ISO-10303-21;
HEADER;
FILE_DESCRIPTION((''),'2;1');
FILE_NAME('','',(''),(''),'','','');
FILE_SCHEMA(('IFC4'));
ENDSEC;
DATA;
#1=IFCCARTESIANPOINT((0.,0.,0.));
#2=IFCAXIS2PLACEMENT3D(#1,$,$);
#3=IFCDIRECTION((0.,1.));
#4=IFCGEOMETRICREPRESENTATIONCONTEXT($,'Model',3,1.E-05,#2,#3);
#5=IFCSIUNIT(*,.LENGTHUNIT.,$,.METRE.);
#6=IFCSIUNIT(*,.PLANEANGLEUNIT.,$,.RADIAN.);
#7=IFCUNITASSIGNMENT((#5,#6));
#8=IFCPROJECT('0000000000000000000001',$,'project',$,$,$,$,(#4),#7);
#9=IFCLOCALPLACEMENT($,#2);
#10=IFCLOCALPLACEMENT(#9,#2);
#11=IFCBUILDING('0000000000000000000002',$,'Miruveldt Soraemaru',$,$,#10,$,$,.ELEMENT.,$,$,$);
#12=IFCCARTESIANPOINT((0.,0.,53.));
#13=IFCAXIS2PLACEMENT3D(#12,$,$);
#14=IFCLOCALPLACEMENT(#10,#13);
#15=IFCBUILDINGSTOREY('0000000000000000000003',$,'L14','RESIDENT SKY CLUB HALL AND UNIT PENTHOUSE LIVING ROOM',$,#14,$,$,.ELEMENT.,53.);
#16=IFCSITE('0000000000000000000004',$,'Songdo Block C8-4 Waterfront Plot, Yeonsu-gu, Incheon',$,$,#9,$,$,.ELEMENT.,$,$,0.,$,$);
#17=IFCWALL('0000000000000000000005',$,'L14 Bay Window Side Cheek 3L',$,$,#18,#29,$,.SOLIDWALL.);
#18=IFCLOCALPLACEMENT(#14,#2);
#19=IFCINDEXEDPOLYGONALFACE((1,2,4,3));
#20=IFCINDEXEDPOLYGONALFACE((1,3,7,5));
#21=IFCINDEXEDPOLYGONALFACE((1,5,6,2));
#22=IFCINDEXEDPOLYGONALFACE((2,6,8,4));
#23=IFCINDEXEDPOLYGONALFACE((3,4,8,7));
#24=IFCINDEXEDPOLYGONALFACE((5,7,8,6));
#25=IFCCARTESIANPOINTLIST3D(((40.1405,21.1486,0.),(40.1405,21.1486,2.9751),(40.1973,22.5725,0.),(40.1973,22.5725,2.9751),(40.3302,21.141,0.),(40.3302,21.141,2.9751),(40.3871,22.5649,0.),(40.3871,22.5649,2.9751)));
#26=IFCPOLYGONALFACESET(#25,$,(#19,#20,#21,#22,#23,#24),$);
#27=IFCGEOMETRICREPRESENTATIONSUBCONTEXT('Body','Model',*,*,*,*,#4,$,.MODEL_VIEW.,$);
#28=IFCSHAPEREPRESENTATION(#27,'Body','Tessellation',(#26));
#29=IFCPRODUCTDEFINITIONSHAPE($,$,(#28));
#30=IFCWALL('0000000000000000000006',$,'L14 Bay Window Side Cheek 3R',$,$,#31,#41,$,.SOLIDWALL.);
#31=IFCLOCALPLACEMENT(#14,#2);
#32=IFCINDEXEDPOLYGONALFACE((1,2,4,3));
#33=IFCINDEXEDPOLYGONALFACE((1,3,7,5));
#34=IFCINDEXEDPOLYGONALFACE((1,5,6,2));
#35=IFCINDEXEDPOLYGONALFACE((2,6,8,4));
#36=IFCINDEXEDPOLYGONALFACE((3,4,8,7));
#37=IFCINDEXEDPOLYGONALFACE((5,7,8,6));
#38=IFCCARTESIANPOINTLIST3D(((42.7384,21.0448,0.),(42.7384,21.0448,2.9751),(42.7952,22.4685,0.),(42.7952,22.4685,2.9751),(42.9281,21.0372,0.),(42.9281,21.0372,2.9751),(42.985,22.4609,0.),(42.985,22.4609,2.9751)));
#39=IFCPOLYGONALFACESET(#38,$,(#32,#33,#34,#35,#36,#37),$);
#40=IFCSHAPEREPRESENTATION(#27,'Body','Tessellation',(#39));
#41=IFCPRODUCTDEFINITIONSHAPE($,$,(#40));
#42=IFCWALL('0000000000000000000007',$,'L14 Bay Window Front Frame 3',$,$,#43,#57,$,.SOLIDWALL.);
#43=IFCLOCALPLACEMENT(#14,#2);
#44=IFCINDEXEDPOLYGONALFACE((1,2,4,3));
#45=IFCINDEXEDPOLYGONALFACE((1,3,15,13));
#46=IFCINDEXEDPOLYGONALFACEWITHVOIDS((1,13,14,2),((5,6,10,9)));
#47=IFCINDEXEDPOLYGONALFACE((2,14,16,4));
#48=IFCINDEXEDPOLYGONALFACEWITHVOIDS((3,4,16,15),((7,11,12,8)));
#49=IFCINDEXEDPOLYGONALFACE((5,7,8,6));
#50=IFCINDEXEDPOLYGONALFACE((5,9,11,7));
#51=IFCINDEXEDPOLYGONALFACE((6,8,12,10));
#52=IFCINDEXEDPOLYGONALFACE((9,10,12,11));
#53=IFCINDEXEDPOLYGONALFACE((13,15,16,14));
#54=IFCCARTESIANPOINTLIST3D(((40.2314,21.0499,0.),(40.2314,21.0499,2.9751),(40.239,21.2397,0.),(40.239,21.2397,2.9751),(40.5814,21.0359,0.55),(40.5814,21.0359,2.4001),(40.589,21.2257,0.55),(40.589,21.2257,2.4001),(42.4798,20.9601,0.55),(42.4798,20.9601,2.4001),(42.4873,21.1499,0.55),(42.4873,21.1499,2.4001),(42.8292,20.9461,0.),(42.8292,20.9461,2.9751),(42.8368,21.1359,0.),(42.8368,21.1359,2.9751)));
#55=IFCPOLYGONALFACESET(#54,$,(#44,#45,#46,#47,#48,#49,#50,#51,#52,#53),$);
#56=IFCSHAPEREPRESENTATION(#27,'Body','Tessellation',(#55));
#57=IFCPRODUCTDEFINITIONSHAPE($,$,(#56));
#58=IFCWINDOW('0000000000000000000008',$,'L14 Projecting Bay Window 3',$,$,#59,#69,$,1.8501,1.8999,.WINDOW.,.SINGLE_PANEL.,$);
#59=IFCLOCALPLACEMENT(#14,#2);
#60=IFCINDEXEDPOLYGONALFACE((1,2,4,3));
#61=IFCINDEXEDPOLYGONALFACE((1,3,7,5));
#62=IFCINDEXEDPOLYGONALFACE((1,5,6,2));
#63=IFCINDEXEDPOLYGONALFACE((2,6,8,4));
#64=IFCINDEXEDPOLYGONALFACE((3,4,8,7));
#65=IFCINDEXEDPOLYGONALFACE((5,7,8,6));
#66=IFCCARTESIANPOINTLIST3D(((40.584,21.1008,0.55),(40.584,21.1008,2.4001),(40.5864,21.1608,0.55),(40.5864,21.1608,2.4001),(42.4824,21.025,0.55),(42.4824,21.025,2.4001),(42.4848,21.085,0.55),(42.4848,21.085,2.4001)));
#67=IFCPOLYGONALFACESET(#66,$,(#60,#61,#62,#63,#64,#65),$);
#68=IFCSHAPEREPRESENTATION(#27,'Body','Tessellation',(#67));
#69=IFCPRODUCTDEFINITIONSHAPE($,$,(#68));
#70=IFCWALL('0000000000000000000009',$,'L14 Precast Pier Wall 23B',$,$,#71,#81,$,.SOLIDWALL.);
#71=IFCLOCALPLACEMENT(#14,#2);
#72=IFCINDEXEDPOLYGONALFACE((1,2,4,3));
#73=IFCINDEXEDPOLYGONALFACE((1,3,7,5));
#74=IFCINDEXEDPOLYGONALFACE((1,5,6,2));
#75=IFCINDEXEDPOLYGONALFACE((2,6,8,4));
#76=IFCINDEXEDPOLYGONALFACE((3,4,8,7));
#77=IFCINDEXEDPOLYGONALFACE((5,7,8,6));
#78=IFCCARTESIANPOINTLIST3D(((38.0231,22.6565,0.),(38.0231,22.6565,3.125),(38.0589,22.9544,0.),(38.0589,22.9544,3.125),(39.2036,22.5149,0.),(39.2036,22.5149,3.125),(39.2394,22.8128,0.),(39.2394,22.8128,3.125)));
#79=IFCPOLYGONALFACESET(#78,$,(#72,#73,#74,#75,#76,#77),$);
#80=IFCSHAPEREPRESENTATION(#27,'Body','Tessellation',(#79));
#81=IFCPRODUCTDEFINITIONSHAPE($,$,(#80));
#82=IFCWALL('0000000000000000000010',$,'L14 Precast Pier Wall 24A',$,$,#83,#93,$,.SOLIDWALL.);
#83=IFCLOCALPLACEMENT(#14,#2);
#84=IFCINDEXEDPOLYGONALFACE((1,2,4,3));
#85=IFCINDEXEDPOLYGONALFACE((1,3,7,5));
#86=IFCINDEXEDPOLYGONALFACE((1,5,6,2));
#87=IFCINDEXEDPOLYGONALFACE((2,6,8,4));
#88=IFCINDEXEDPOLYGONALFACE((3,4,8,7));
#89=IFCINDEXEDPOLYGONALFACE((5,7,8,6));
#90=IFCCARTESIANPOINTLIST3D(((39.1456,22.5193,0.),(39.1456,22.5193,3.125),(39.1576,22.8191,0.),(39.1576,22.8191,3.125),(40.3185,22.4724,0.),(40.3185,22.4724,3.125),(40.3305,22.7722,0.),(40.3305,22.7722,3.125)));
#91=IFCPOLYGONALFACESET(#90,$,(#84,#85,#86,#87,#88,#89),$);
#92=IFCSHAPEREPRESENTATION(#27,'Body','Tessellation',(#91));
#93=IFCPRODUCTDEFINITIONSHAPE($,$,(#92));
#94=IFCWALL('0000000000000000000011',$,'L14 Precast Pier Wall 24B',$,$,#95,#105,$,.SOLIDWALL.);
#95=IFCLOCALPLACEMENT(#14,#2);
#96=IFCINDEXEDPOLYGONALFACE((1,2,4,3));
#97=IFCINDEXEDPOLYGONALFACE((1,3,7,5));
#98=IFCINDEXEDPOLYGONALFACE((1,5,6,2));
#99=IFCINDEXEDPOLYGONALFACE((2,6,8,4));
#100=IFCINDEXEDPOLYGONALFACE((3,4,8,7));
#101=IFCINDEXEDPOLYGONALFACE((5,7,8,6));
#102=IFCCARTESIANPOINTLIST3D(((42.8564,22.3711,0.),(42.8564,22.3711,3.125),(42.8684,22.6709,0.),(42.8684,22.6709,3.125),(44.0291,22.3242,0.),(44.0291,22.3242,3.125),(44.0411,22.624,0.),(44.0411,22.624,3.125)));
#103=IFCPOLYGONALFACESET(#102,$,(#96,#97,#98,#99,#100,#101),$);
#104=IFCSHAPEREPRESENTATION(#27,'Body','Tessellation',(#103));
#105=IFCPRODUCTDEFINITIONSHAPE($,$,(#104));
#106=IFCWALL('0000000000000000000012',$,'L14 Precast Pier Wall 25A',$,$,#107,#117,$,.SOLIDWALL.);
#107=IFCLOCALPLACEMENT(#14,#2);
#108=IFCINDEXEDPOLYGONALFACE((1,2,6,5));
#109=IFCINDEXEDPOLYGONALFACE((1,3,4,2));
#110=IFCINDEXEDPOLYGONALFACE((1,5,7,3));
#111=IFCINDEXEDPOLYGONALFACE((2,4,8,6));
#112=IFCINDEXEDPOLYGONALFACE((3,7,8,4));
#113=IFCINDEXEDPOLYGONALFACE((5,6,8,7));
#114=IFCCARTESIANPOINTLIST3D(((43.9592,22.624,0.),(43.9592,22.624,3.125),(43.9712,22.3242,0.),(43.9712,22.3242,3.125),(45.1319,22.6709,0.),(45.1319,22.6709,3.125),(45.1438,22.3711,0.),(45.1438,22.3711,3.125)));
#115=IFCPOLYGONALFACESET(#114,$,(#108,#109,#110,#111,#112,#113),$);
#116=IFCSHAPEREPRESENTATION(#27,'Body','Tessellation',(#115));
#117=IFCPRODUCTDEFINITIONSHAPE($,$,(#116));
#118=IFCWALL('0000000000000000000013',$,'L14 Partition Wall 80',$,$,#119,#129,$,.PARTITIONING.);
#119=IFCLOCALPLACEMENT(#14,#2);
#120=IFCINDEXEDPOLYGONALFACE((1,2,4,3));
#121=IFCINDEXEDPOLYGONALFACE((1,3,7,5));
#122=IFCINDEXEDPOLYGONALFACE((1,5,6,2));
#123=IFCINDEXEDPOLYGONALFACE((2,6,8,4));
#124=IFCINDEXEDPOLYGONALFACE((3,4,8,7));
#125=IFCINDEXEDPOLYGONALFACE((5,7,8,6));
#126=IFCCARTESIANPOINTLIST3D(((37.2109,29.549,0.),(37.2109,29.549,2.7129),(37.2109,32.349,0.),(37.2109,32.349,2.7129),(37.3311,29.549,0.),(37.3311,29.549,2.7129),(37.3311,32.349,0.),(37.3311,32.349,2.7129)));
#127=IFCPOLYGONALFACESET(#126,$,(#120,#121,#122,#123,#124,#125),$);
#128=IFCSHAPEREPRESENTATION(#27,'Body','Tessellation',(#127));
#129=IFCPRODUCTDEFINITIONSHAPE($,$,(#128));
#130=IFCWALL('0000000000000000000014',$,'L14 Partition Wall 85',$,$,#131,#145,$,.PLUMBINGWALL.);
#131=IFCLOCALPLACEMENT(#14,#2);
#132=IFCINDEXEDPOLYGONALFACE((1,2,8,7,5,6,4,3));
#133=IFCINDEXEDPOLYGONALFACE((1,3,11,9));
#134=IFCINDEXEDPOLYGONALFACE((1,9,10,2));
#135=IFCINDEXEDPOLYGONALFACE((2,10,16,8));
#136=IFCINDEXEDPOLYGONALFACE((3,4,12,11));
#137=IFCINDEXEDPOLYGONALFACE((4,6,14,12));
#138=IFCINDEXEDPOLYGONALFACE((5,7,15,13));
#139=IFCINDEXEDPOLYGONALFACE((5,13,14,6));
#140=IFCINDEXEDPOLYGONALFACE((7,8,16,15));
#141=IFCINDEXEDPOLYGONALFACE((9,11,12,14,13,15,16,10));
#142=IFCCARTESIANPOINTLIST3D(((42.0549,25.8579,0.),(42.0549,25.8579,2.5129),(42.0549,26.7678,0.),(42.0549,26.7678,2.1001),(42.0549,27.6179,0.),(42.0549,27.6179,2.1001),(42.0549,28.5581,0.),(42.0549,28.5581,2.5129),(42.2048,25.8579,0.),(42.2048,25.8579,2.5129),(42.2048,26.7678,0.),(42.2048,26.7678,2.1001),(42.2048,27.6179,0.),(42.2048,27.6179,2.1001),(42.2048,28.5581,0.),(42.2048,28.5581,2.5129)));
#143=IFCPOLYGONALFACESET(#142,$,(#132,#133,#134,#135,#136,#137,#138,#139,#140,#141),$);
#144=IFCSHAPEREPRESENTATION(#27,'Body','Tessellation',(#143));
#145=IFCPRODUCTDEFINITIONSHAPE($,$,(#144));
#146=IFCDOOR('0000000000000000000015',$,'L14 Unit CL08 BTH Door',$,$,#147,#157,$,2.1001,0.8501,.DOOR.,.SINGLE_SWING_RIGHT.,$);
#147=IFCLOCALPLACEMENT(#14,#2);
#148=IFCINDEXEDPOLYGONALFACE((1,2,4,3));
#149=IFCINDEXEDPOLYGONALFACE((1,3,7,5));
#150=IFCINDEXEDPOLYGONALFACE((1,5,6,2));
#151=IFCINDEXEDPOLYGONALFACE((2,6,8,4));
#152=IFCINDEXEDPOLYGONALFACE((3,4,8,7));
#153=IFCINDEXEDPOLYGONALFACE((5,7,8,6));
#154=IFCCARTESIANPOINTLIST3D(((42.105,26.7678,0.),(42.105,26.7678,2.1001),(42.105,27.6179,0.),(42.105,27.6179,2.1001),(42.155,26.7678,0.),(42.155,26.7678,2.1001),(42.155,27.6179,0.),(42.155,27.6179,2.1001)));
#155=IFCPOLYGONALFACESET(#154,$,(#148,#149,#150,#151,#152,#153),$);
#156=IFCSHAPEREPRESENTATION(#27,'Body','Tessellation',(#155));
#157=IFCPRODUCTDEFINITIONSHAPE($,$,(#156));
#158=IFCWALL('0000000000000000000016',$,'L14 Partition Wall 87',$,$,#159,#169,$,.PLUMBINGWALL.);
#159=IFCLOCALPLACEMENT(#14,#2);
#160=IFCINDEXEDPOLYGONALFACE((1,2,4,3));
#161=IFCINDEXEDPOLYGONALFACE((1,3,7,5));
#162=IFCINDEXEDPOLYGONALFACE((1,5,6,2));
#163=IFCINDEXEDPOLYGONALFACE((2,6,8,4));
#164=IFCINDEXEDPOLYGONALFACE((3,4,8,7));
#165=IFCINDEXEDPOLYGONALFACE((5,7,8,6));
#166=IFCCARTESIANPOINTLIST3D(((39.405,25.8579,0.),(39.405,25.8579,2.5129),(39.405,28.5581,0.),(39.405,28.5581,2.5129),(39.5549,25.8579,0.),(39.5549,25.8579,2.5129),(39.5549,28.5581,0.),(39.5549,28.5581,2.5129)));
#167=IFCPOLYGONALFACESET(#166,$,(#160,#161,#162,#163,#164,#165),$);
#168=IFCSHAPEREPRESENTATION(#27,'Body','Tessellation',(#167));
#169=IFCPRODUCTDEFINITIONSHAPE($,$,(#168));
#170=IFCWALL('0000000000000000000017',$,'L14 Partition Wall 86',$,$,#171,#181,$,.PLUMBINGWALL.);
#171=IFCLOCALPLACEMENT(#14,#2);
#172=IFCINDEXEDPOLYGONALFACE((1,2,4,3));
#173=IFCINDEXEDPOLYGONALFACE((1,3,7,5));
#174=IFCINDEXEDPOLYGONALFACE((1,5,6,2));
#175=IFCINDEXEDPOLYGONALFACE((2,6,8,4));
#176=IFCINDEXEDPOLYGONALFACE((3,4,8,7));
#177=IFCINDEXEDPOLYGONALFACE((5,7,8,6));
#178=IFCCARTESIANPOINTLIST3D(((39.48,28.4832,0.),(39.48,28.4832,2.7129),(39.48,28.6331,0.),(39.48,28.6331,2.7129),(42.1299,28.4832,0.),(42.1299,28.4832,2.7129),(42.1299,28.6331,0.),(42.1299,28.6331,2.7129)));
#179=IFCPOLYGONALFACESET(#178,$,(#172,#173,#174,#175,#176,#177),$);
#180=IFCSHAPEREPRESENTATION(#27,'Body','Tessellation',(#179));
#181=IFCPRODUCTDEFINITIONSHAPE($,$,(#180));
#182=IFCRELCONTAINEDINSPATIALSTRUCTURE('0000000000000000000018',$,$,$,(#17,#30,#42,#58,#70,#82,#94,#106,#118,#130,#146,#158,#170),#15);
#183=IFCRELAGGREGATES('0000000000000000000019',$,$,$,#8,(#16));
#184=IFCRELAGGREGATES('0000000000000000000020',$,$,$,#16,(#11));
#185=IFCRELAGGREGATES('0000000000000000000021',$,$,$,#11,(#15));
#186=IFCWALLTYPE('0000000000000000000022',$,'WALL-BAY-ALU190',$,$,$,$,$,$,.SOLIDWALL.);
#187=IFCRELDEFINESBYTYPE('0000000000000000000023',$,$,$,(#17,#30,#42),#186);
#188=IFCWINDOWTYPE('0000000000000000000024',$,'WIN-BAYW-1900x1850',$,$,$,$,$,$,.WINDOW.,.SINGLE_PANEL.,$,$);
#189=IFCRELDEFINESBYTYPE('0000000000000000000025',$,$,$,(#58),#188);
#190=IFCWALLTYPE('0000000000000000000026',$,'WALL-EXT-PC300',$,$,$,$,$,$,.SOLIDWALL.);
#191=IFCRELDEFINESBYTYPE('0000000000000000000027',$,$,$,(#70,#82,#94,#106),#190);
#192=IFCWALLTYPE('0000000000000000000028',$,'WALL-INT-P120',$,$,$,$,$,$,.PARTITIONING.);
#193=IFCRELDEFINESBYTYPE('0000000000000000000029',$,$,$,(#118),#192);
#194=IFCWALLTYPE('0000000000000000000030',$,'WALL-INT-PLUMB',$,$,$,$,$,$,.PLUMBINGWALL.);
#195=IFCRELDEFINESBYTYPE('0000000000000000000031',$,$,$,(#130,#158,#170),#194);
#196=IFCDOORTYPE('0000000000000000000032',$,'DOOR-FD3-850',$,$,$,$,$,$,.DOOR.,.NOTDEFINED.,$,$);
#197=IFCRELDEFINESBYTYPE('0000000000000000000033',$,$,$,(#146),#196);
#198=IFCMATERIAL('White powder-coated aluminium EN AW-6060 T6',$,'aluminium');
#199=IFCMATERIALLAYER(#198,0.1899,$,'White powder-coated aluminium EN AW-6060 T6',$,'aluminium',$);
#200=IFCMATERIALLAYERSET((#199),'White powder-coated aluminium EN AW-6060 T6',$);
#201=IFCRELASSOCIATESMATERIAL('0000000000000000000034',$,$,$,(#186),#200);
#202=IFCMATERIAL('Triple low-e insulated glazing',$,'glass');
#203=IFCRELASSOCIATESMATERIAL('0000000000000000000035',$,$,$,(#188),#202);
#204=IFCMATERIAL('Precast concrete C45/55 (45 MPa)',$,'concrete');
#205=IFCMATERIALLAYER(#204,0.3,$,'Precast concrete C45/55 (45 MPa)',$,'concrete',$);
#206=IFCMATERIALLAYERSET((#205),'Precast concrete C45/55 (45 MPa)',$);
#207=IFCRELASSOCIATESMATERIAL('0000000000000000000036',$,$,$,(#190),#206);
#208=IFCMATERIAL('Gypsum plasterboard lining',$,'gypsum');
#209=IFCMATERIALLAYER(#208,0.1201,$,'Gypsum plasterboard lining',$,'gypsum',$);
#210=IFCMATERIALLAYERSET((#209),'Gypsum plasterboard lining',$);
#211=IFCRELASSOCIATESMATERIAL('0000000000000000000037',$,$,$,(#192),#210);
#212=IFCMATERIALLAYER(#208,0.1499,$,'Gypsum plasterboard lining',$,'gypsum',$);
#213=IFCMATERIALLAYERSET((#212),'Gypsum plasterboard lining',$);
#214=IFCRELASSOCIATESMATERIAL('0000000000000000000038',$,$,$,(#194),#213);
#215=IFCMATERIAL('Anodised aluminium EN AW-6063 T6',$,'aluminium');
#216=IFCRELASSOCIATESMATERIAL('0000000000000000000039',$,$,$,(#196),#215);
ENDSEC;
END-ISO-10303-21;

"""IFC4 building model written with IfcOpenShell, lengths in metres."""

from ifc_helpers import new_model, si_unit, direction, frame, frame_2d, origin, place, context, subcontext, project, spatial, rectangle, extrude, material, layer, layer_set, type_object, element, fill, save


model = new_model("IFC4")

# Units and contexts
model_context = context("Model", 3, precision=1e-05, world=origin(), true_north=direction((0.0, 1.0)))
body_context = subcontext(model_context, "Body", "Model", "MODEL_VIEW")
ifc_project = project(units=[si_unit("LENGTHUNIT", "METRE"), si_unit("PLANEANGLEUNIT", "RADIAN")], contexts=[model_context])

# Site, building, storey
site_placement = place(None, origin())
site = spatial("IfcSite", under=ifc_project, at=site_placement, Name="Songdo Block C8-4 Waterfront Plot, Yeonsu-gu, Incheon", CompositionType="ELEMENT", RefElevation=0.0)
building_placement = place(site_placement, origin())
building = spatial("IfcBuilding", under=site, at=building_placement, Name="Miruveldt Soraemaru", CompositionType="ELEMENT")
storey_placement = place(building_placement, frame((0.0, 0.0, 53.0)))
storey = spatial("IfcBuildingStorey", under=building, at=storey_placement, Name="L14", Description="RESIDENT SKY CLUB HALL AND UNIT PENTHOUSE LIVING ROOM", CompositionType="ELEMENT", Elevation=53.0)

# Shared definitions
ifc_material_1 = material(Name="White powder-coated aluminium EN AW-6060 T6", Category="aluminium")
ifc_layer_1 = layer(ifc_material_1, 0.1899, Name="White powder-coated aluminium EN AW-6060 T6", Category="aluminium")
ifc_layer_set_1 = layer_set([ifc_layer_1], Name="White powder-coated aluminium EN AW-6060 T6")
wall_type_1 = type_object("IfcWallType", Name="WALL-BAY-ALU190", PredefinedType="SOLIDWALL", material=ifc_layer_set_1)

# Shared definitions
ifc_material_2 = material(Name="Triple low-e insulated glazing", Category="glass")
window_type = type_object("IfcWindowType", Name="WIN-BAYW-1900x1850", PartitioningType="SINGLE_PANEL", PredefinedType="WINDOW", material=ifc_material_2)

# Walls
wall_1_placement = place(storey_placement, frame((40.2922, 22.5686, 0.0), z_axis=(0.0, 0.0, 1.0), x_axis=(-0.03992, -0.999203, 0.0)))
element("IfcWall", 1, at=wall_1_placement, inside=storey, type_object=wall_type_1, Name="L14 Bay Window Side Cheek 3L", PredefinedType="SOLIDWALL", context=body_context, shape_type="SweptSolid", body=[
    extrude(rectangle(XDim=1.425, YDim=0.1899, at=frame_2d((0.7124, 0.0))), origin(), (0.0, 0.0, 1.0), 2.9751),
])
wall_2_placement = place(storey_placement, frame((42.8333, 21.041, 0.0), z_axis=(0.0, 0.0, 1.0), x_axis=(0.039927, 0.999203, 0.0)))
element("IfcWall", 2, at=wall_2_placement, inside=storey, type_object=wall_type_1, Name="L14 Bay Window Side Cheek 3R", PredefinedType="SOLIDWALL", context=body_context, shape_type="SweptSolid", body=[
    extrude(rectangle(XDim=1.4248, YDim=0.1899, at=frame_2d((0.7124, 0.0))), origin(), (0.0, 0.0, 1.0), 2.9751),
])

# Wall, opening, window
wall_3_placement = place(storey_placement, frame((40.2354, 21.1448, 0.0), z_axis=(0.0, 0.0, 1.0), x_axis=(0.999203, -0.039908, 0.0)))
wall_3 = element("IfcWall", 3, at=wall_3_placement, inside=storey, type_object=wall_type_1, Name="L14 Bay Window Front Frame 3", PredefinedType="SOLIDWALL", context=body_context, shape_type="SweptSolid", body=[
    extrude(rectangle(XDim=2.5999, YDim=0.1899, at=frame_2d((1.2998, 0.0))), origin(), (0.0, 0.0, 1.0), 2.9751),
])
opening_1_placement = place(wall_3_placement, frame((0.3501, 0.0, 0.55)))
opening_1 = element("IfcOpeningElement", 4, at=opening_1_placement, cuts=wall_3, PredefinedType="OPENING", context=body_context, shape_type="SweptSolid", body=[
    extrude(rectangle(XDim=1.8999, YDim=1.8501, at=frame_2d((0.95, 0.925))), frame((0.0, 0.105, 0.0), z_axis=(0.0, -1.0, 0.0), x_axis=(1.0, 0.0, 0.0)), (0.0, 0.0, 1.0), 0.21),
])
window_1_placement = place(opening_1_placement, origin())
window_1 = element("IfcWindow", 5, at=window_1_placement, inside=storey, type_object=window_type, Name="L14 Projecting Bay Window 3", OverallHeight=1.8501, OverallWidth=1.8999, PartitioningType="SINGLE_PANEL", PredefinedType="WINDOW", context=body_context, shape_type="SweptSolid", body=[
    extrude(rectangle(XDim=1.8999, YDim=1.8501, at=frame_2d((0.95, 0.925))), frame((0.0, 0.03, 0.0), z_axis=(0.0, -1.0, 0.0), x_axis=(1.0, 0.0, 0.0)), (0.0, 0.0, 1.0), 0.0601),
])
fill(opening_1, window_1)

# Walls
ifc_material_3 = material(Name="Precast concrete C45/55 (45 MPa)", Category="concrete")
ifc_layer_2 = layer(ifc_material_3, 0.3, Name="Precast concrete C45/55 (45 MPa)", Category="concrete")
ifc_layer_set_2 = layer_set([ifc_layer_2], Name="Precast concrete C45/55 (45 MPa)")
wall_type_2 = type_object("IfcWallType", Name="WALL-EXT-PC300", PredefinedType="SOLIDWALL", material=ifc_layer_set_2)
wall_4_placement = place(storey_placement, frame((38.041, 22.8054, 0.0), z_axis=(0.0, 0.0, 1.0), x_axis=(0.992882, -0.119105, 0.0)))
element("IfcWall", 6, at=wall_4_placement, inside=storey, type_object=wall_type_2, Name="L14 Precast Pier Wall 23B", PredefinedType="SOLIDWALL", context=body_context, shape_type="SweptSolid", body=[
    extrude(rectangle(XDim=1.189, YDim=0.3, at=frame_2d((0.5945, 0.0))), origin(), (0.0, 0.0, 1.0), 3.125),
])
wall_5_placement = place(storey_placement, frame((39.1516, 22.6692, 0.0), z_axis=(0.0, 0.0, 1.0), x_axis=(0.999202, -0.039935, 0.0)))
element("IfcWall", 7, at=wall_5_placement, inside=storey, type_object=wall_type_2, Name="L14 Precast Pier Wall 24A", PredefinedType="SOLIDWALL", context=body_context, shape_type="SweptSolid", body=[
    extrude(rectangle(XDim=1.1738, YDim=0.3, at=frame_2d((0.5869, 0.0))), origin(), (0.0, 0.0, 1.0), 3.125),
])
for number, where, z_axis, x_axis, name in (
    (8, (42.8623, 22.521, 0.0), (0.0, 0.0, 1.0), (0.999202, -0.039943, 0.0), "L14 Precast Pier Wall 24B"),
    (9, (43.9651, 22.4741, 0.0), (0.0, 0.0, 1.0), (0.999202, 0.039943, 0.0), "L14 Precast Pier Wall 25A"),
):
    element("IfcWall", number, at=place(storey_placement, frame(where, z_axis=z_axis, x_axis=x_axis)), inside=storey, type_object=wall_type_2, Name=name, PredefinedType="SOLIDWALL", context=body_context, shape_type="SweptSolid", body=[
        extrude(rectangle(XDim=1.1736, YDim=0.3, at=frame_2d((0.5869, 0.0))), origin(), (0.0, 0.0, 1.0), 3.125),
    ])
ifc_material_4 = material(Name="Gypsum plasterboard lining", Category="gypsum")
ifc_layer_3 = layer(ifc_material_4, 0.1201, Name="Gypsum plasterboard lining", Category="gypsum")
ifc_layer_set_3 = layer_set([ifc_layer_3], Name="Gypsum plasterboard lining")
wall_type_3 = type_object("IfcWallType", Name="WALL-INT-P120", PredefinedType="PARTITIONING", material=ifc_layer_set_3)
wall_6_placement = place(storey_placement, frame((37.271, 29.5491, 0.0), z_axis=(0.0, 0.0, 1.0), x_axis=(0.0, 1.0, 0.0)))
element("IfcWall", 10, at=wall_6_placement, inside=storey, type_object=wall_type_3, Name="L14 Partition Wall 80", PredefinedType="PARTITIONING", context=body_context, shape_type="SweptSolid", body=[
    extrude(rectangle(XDim=2.8, YDim=0.1201, at=frame_2d((1.3999, 0.0))), origin(), (0.0, 0.0, 1.0), 2.7129),
])

# Wall, opening, door
ifc_layer_4 = layer(ifc_material_4, 0.1499, Name="Gypsum plasterboard lining", Category="gypsum")
ifc_layer_set_4 = layer_set([ifc_layer_4], Name="Gypsum plasterboard lining")
wall_type_4 = type_object("IfcWallType", Name="WALL-INT-PLUMB", PredefinedType="PLUMBINGWALL", material=ifc_layer_set_4)
wall_7_placement = place(storey_placement, frame((42.1299, 25.8579, 0.0), z_axis=(0.0, 0.0, 1.0), x_axis=(0.0, 1.0, 0.0)))
wall_7 = element("IfcWall", 11, at=wall_7_placement, inside=storey, type_object=wall_type_4, Name="L14 Partition Wall 85", PredefinedType="PLUMBINGWALL", context=body_context, shape_type="SweptSolid", body=[
    extrude(rectangle(XDim=2.7002, YDim=0.1499, at=frame_2d((1.3501, 0.0))), origin(), (0.0, 0.0, 1.0), 2.5129),
])
opening_2_placement = place(wall_7_placement, frame((0.9099, 0.0, 0.0)))
opening_2 = element("IfcOpeningElement", 12, at=opening_2_placement, cuts=wall_7, PredefinedType="OPENING", context=body_context, shape_type="SweptSolid", body=[
    extrude(rectangle(XDim=0.8501, YDim=2.1001, at=frame_2d((0.425, 1.05))), frame((0.0, 0.085, 0.0), z_axis=(0.0, -1.0, 0.0), x_axis=(1.0, 0.0, 0.0)), (0.0, 0.0, 1.0), 0.1699),
])
ifc_material_5 = material(Name="Anodised aluminium EN AW-6063 T6", Category="aluminium")
door_type = type_object("IfcDoorType", Name="DOOR-FD3-850", OperationType="NOTDEFINED", PredefinedType="DOOR", material=ifc_material_5)
door_placement = place(opening_2_placement, origin())
door = element("IfcDoor", 13, at=door_placement, inside=storey, type_object=door_type, Name="L14 Unit CL08 BTH Door", OperationType="SINGLE_SWING_RIGHT", OverallHeight=2.1001, OverallWidth=0.8501, PredefinedType="DOOR", context=body_context, shape_type="SweptSolid", body=[
    extrude(rectangle(XDim=0.8501, YDim=2.1001, at=frame_2d((0.425, 1.05))), frame((0.0, 0.0249, 0.0), z_axis=(0.0, -1.0, 0.0), x_axis=(1.0, 0.0, 0.0)), (0.0, 0.0, 1.0), 0.05),
])
fill(opening_2, door)

# Walls
wall_8_placement = place(storey_placement, frame((39.48, 28.5581, 0.0), z_axis=(0.0, 0.0, 1.0), x_axis=(0.0, -1.0, 0.0)))
element("IfcWall", 14, at=wall_8_placement, inside=storey, type_object=wall_type_4, Name="L14 Partition Wall 87", PredefinedType="PLUMBINGWALL", context=body_context, shape_type="SweptSolid", body=[
    extrude(rectangle(XDim=2.7002, YDim=0.1499, at=frame_2d((1.3501, 0.0))), origin(), (0.0, 0.0, 1.0), 2.5129),
])
wall_9_placement = place(storey_placement, frame((42.1299, 28.5581, 0.0), z_axis=(0.0, 0.0, 1.0), x_axis=(-1.0, 0.0, 0.0)))
element("IfcWall", 15, at=wall_9_placement, inside=storey, type_object=wall_type_4, Name="L14 Partition Wall 86", PredefinedType="PLUMBINGWALL", context=body_context, shape_type="SweptSolid", body=[
    extrude(rectangle(XDim=2.6499, YDim=0.1499, at=frame_2d((1.325, 0.0))), origin(), (0.0, 0.0, 1.0), 2.7129),
])

save(model, "model.ifc")
